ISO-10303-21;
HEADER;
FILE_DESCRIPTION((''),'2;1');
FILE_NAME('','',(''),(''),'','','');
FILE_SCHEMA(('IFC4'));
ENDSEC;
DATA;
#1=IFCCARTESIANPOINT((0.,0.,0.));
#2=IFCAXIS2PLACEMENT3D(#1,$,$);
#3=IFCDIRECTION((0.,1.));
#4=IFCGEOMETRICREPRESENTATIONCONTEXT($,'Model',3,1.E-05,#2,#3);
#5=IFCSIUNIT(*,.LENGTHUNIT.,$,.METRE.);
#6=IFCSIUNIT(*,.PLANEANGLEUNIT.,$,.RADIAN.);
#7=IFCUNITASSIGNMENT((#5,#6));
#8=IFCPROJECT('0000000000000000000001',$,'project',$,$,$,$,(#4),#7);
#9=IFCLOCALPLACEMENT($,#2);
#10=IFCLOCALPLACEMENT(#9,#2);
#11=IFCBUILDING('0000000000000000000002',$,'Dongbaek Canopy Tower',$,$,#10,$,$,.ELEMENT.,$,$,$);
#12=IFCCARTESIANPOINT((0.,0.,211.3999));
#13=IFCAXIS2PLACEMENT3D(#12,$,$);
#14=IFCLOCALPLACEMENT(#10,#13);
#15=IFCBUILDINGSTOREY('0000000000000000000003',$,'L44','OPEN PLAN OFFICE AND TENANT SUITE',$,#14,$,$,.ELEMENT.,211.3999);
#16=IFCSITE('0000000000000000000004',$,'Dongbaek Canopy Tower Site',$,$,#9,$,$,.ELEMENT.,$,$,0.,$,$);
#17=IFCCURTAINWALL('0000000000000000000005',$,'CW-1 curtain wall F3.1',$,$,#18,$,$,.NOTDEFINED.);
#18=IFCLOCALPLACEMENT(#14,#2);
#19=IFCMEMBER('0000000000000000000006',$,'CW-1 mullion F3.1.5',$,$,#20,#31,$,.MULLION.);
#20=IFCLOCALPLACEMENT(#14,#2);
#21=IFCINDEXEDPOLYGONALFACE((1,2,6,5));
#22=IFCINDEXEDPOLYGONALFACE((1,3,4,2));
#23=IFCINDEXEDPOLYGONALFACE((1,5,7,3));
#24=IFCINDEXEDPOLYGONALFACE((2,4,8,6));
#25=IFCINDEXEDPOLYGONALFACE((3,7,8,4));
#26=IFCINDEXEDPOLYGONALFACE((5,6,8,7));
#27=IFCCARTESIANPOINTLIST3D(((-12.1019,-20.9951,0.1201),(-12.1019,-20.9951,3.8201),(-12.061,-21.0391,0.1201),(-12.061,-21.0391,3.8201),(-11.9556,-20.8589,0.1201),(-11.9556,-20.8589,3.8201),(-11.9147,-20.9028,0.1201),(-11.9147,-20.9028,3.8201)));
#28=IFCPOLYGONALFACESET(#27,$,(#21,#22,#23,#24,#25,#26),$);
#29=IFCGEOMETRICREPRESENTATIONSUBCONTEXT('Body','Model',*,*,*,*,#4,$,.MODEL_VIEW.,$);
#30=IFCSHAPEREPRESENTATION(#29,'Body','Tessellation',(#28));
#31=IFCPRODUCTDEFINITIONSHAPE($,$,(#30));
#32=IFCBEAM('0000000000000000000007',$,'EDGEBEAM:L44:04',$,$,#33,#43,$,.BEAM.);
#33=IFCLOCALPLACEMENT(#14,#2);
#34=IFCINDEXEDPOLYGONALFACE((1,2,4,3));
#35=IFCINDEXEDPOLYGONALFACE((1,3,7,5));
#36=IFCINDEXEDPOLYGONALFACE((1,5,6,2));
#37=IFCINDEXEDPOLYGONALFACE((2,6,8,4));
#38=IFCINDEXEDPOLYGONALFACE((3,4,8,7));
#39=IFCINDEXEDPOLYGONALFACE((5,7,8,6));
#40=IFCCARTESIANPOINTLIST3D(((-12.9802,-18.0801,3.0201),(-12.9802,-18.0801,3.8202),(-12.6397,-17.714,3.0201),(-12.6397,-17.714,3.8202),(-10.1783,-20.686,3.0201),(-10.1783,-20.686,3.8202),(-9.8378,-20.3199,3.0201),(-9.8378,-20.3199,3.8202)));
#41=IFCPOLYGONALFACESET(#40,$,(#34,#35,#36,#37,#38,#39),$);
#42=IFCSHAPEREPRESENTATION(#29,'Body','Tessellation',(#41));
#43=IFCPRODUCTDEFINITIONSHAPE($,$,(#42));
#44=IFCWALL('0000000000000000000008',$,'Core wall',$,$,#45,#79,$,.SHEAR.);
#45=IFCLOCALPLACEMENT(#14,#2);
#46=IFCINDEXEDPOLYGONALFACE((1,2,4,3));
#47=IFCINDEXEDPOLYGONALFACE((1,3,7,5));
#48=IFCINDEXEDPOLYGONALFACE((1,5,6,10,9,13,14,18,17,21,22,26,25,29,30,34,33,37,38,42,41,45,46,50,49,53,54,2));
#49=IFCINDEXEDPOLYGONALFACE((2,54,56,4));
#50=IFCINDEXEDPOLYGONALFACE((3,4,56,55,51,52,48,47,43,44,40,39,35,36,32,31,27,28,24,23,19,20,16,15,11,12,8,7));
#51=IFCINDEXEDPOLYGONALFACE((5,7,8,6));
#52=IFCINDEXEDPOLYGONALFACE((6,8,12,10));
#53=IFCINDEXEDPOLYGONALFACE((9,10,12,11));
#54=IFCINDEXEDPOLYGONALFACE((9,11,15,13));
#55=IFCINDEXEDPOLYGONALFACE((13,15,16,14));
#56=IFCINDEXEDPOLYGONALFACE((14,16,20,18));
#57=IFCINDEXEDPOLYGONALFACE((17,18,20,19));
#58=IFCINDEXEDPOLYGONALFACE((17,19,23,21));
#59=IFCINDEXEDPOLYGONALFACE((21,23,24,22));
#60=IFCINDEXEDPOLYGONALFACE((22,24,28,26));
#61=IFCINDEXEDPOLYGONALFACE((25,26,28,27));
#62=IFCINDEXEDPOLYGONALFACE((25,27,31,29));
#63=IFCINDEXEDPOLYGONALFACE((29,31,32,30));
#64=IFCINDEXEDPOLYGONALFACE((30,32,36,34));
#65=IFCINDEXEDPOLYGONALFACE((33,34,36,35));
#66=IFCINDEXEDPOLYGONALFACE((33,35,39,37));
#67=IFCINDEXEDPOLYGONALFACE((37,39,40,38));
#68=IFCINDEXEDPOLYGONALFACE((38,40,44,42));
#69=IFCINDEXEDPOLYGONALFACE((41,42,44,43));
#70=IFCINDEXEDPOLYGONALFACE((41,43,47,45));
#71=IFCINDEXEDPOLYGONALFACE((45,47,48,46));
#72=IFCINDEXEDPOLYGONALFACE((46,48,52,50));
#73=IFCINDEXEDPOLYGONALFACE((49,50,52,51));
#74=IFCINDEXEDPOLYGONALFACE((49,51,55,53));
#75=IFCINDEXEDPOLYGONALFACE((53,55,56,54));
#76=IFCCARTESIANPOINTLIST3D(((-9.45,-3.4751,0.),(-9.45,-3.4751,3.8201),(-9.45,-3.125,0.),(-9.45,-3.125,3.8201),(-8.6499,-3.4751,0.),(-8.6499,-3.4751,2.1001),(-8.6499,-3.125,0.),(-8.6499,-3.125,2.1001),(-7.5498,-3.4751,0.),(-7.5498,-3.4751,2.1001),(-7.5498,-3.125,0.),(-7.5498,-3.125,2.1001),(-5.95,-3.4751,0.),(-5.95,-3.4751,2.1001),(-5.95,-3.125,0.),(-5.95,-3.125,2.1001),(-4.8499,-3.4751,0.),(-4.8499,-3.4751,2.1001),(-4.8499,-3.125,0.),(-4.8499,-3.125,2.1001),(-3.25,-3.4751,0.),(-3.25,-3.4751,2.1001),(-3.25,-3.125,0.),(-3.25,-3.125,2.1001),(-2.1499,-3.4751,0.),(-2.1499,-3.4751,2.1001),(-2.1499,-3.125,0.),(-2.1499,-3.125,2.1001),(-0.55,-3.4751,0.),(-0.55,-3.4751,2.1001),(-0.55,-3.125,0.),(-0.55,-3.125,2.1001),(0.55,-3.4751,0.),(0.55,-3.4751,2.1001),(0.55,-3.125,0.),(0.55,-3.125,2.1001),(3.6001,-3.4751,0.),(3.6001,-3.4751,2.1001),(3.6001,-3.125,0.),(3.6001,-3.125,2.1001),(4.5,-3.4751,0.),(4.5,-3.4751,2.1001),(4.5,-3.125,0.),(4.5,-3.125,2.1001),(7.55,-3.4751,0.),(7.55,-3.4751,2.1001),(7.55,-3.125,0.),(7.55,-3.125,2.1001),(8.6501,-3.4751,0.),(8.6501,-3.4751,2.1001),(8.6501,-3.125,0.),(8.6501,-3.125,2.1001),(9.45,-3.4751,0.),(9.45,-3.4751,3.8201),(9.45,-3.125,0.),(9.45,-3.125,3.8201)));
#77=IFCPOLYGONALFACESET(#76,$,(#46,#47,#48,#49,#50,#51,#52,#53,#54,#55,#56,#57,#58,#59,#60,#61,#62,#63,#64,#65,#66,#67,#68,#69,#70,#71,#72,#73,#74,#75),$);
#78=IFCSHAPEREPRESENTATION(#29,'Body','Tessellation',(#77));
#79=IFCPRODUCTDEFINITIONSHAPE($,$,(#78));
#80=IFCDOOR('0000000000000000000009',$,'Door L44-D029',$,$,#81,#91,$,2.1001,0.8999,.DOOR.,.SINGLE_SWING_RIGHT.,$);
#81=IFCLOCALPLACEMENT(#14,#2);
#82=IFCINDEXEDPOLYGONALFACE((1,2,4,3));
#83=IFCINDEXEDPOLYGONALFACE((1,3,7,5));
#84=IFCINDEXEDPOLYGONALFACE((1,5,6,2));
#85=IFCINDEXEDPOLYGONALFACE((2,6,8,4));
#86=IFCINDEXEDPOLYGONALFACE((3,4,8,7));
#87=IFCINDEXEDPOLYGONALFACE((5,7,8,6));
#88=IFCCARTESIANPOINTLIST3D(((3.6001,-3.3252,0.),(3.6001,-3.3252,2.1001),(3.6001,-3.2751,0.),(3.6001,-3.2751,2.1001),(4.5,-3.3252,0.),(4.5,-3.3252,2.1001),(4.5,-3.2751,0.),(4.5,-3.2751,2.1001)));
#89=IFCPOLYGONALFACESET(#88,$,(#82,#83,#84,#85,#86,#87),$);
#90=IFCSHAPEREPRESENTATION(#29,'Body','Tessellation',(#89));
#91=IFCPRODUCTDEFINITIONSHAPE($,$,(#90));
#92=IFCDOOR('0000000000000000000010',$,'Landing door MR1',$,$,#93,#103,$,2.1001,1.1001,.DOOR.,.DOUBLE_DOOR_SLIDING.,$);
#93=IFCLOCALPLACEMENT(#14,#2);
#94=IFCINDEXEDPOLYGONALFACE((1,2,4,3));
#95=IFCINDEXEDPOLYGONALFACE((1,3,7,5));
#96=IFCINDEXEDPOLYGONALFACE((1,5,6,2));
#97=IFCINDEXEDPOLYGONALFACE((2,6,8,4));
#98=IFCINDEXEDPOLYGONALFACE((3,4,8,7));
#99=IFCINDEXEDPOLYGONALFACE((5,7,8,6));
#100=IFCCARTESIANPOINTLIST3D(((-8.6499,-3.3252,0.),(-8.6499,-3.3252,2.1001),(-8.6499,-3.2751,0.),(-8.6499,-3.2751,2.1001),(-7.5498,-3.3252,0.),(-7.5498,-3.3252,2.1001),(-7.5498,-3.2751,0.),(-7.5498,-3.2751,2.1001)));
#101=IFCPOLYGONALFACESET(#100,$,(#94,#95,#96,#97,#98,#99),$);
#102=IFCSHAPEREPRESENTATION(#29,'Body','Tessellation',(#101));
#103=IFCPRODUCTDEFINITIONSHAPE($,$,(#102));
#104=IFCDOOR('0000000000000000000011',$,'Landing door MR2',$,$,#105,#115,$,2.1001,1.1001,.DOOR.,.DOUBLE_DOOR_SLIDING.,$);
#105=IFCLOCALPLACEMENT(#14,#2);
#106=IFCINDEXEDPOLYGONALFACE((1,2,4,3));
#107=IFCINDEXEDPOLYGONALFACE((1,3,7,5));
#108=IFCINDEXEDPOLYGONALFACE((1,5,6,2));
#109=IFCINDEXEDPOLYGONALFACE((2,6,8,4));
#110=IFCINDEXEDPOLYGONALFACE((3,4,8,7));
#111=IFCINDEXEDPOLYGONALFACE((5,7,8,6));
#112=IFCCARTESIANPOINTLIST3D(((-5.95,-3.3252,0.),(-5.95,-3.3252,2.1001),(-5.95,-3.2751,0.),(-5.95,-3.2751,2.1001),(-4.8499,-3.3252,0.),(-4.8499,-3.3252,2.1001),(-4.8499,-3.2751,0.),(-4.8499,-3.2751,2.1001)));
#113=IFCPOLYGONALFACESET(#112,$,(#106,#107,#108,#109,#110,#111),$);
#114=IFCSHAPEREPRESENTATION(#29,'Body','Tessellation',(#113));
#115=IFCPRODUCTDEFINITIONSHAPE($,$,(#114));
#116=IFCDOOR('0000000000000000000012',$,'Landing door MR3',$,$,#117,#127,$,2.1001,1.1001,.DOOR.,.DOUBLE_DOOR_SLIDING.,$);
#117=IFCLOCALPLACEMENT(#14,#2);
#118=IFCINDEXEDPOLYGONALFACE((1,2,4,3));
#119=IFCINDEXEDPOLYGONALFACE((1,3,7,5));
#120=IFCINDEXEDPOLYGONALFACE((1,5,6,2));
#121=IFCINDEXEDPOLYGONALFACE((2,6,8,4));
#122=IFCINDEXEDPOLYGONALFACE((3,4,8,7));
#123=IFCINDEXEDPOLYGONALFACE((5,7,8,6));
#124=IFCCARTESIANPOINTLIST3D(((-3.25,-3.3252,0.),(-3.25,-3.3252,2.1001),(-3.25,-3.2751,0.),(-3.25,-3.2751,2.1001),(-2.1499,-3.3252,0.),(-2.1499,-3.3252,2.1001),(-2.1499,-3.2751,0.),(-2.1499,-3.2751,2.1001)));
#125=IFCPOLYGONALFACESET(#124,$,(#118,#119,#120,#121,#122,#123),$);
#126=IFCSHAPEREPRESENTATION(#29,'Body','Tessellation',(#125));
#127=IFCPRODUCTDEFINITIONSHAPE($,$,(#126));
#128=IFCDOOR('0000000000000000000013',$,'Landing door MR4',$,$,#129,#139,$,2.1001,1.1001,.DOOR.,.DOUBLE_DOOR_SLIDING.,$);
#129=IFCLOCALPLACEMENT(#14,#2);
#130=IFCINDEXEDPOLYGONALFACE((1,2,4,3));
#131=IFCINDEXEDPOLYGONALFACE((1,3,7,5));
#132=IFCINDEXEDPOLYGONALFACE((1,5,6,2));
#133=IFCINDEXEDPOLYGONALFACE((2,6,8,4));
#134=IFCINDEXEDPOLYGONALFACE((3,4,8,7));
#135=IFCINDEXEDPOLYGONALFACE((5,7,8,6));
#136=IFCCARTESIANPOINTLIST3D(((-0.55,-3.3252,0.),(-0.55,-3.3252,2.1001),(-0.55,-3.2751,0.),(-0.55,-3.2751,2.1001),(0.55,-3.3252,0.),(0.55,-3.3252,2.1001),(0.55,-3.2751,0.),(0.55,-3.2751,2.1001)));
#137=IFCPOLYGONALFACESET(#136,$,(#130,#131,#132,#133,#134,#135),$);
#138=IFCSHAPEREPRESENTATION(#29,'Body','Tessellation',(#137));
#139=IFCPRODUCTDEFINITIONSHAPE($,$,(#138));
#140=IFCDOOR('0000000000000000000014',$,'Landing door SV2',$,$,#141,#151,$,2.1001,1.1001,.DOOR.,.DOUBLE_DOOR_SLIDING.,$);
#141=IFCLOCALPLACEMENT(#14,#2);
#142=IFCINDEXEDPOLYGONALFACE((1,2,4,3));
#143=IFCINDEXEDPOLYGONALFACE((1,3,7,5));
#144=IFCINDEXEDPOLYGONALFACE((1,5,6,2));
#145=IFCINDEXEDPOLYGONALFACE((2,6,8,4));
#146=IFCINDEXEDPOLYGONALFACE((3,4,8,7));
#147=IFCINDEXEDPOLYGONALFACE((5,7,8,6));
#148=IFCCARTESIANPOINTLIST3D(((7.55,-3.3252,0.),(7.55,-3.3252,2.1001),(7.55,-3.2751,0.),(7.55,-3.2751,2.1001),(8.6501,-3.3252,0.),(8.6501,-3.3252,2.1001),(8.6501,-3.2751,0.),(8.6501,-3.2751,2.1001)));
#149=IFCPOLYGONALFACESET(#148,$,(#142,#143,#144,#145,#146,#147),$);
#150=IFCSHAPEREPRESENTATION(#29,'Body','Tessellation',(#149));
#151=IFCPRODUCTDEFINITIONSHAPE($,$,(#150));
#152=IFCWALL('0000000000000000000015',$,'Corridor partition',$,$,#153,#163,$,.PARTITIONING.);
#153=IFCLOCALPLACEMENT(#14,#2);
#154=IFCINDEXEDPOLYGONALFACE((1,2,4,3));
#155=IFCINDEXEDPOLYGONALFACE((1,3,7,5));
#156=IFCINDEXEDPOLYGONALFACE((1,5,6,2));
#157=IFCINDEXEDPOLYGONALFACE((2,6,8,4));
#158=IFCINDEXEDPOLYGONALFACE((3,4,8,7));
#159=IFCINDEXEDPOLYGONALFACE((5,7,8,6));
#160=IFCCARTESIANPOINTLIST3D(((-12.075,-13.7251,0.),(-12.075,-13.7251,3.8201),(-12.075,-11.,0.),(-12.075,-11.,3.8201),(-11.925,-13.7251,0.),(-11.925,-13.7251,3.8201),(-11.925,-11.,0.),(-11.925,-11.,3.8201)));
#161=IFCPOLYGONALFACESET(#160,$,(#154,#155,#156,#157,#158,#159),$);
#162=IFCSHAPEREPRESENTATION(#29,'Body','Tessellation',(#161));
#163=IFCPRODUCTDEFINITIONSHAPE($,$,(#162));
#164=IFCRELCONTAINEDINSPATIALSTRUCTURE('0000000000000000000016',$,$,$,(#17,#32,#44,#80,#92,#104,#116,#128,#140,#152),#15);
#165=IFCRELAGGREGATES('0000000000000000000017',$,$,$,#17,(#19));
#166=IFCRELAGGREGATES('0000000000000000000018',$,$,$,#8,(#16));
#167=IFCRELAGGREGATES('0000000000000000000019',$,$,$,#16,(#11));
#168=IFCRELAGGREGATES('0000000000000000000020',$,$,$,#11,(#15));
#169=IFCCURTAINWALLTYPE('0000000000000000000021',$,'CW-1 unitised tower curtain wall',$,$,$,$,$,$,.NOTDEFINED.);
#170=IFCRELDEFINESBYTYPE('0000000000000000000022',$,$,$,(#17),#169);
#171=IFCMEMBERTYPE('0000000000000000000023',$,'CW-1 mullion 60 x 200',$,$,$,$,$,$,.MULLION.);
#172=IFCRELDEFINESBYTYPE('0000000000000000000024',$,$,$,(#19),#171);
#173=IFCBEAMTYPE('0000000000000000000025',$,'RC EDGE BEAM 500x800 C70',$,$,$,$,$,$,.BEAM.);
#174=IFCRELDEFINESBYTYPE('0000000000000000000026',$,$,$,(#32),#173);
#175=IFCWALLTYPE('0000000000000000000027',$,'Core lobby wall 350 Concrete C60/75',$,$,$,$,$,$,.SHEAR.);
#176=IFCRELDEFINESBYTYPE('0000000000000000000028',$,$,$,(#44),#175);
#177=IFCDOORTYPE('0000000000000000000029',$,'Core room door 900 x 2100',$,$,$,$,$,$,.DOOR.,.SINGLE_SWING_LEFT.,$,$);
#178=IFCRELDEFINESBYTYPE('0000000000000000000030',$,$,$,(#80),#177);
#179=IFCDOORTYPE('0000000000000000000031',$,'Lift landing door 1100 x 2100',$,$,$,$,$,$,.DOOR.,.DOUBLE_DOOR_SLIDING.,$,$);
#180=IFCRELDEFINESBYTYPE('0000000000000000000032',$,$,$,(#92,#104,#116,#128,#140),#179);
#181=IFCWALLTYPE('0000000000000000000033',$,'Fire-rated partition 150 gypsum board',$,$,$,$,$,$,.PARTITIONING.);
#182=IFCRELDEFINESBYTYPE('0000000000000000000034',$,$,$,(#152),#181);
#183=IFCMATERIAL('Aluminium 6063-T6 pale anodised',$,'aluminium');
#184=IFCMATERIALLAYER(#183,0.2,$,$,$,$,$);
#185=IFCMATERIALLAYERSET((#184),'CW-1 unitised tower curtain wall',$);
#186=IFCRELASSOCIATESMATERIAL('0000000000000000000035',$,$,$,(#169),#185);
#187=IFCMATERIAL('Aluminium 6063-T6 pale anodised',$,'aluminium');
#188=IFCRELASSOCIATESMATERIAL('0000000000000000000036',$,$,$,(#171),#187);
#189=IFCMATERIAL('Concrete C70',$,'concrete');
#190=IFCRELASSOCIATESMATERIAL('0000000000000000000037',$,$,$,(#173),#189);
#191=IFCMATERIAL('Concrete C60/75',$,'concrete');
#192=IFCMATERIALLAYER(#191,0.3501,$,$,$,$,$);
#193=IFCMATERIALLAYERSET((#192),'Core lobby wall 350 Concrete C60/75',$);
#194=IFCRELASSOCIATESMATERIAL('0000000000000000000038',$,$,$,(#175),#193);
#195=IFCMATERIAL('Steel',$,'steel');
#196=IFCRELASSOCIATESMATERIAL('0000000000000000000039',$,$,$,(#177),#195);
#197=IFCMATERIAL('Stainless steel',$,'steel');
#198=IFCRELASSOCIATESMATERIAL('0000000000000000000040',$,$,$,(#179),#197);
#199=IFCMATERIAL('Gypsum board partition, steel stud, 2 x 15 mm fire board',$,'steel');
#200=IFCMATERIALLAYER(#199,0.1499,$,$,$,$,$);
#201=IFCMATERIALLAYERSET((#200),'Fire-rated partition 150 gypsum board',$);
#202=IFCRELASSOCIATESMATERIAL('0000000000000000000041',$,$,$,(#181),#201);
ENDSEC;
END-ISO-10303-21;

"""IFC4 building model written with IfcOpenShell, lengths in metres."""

from ifc_helpers import new_model, si_unit, direction, frame, frame_2d, origin, origin_2d, place, context, subcontext, project, spatial, rectangle, extrude, material, layer, layer_set, material_profile, profile_set, type_object, element, fill, aggregate, save


model = new_model("IFC4")

# Units and contexts
model_context = context("Model", 3, precision=1e-05, world=origin(), true_north=direction((0.0, 1.0)))
body_context = subcontext(model_context, "Body", "Model", "MODEL_VIEW")
ifc_project = project(units=[si_unit("LENGTHUNIT", "METRE"), si_unit("PLANEANGLEUNIT", "RADIAN")], contexts=[model_context])

# Site, building, storey
site_placement = place(None, origin())
site = spatial("IfcSite", under=ifc_project, at=site_placement, Name="Dongbaek Canopy Tower Site", CompositionType="ELEMENT", RefElevation=0.0)
building_placement = place(site_placement, origin())
building = spatial("IfcBuilding", under=site, at=building_placement, Name="Dongbaek Canopy Tower", CompositionType="ELEMENT")
storey_placement = place(building_placement, frame((0.0, 0.0, 211.3999)))
storey = spatial("IfcBuildingStorey", under=building, at=storey_placement, Name="L44", Description="OPEN PLAN OFFICE AND TENANT SUITE", CompositionType="ELEMENT", Elevation=211.3999)

# Curtain wall, member
ifc_material_1 = material(Name="Aluminium 6063-T6 pale anodised", Category="aluminium")
ifc_layer_1 = layer(ifc_material_1, 0.2)
ifc_layer_set_1 = layer_set([ifc_layer_1], Name="CW-1 unitised tower curtain wall")
curtain_wall_type = type_object("IfcCurtainWallType", Name="CW-1 unitised tower curtain wall", PredefinedType="NOTDEFINED", material=ifc_layer_set_1)
curtain_wall_placement = place(storey_placement, origin())
curtain_wall = element("IfcCurtainWall", 1, at=curtain_wall_placement, inside=storey, type_object=curtain_wall_type, Name="CW-1 curtain wall F3.1", PredefinedType="NOTDEFINED")
ifc_material_2 = material(Name="Aluminium 6063-T6 pale anodised", Category="aluminium")
ifc_material_profile_1 = material_profile(ifc_material_2, rectangle(XDim=0.2, YDim=0.0601, at=origin_2d()), Name="CW-1 mullion 60 x 200")
ifc_profile_set_1 = profile_set([ifc_material_profile_1], Name="Aluminium 6063-T6 pale anodised")
member_type = type_object("IfcMemberType", Name="CW-1 mullion 60 x 200", PredefinedType="MULLION", material=ifc_profile_set_1)
member_placement = place(storey_placement, frame((-12.0083, -20.949, 0.1201), z_axis=(0.0, 0.0, 1.0), x_axis=(-0.731914, -0.681397, 0.0)))
member = element("IfcMember", 2, at=member_placement, type_object=member_type, Name="CW-1 mullion F3.1.5", PredefinedType="MULLION", context=body_context, shape_type="SweptSolid", body=[
    extrude(rectangle(XDim=0.2, YDim=0.0601, at=origin_2d()), origin(), (0.0, 0.0, 1.0), 3.7),
])
aggregate(curtain_wall, [member])

# Beam
ifc_material_3 = material(Name="Concrete C70", Category="concrete")
ifc_material_profile_2 = material_profile(ifc_material_3, rectangle(XDim=0.5, YDim=0.8, at=origin_2d()), Name="RC EDGE BEAM 500x800 C70")
ifc_profile_set_2 = profile_set([ifc_material_profile_2], Name="Concrete C70")
beam_type = type_object("IfcBeamType", Name="RC EDGE BEAM 500x800 C70", PredefinedType="BEAM", material=ifc_profile_set_2)
beam_placement = place(storey_placement, frame((-10.0081, -20.5029, 3.4202), z_axis=(-0.732259, 0.681026, 0.0), x_axis=(-0.681026, -0.732259, 0.0)))
element("IfcBeam", 3, at=beam_placement, inside=storey, type_object=beam_type, Name="EDGEBEAM:L44:04", PredefinedType="BEAM", context=body_context, shape_type="SweptSolid", body=[
    extrude(rectangle(XDim=0.5, YDim=0.8, at=origin_2d()), origin(), (0.0, 0.0, 1.0), 3.8264),
])

# Wall, openings, doors
ifc_material_4 = material(Name="Concrete C60/75", Category="concrete")
ifc_layer_2 = layer(ifc_material_4, 0.3501)
ifc_layer_set_2 = layer_set([ifc_layer_2], Name="Core lobby wall 350 Concrete C60/75")
wall_type_1 = type_object("IfcWallType", Name="Core lobby wall 350 Concrete C60/75", PredefinedType="SHEAR", material=ifc_layer_set_2)
wall_1_placement = place(storey_placement, frame((-9.45, -3.3, 0.0), z_axis=(0.0, 0.0, 1.0), x_axis=(1.0, 0.0, 0.0)))
wall_1 = element("IfcWall", 4, at=wall_1_placement, inside=storey, type_object=wall_type_1, Name="Core wall", PredefinedType="SHEAR", context=body_context, shape_type="SweptSolid", body=[
    extrude(rectangle(XDim=18.8999, YDim=0.3501, at=frame_2d((9.45, 0.0))), origin(), (0.0, 0.0, 1.0), 3.8201),
])
opening_1_placement = place(wall_1_placement, frame((0.8, 0.0, 0.0)))
opening_1 = element("IfcOpeningElement", 5, at=opening_1_placement, cuts=wall_1, PredefinedType="OPENING", context=body_context, shape_type="SweptSolid", body=[
    extrude(rectangle(XDim=1.1001, YDim=2.1001, at=frame_2d((0.55, 1.05))), frame((0.0, 0.1851, 0.0), z_axis=(0.0, -1.0, 0.0), x_axis=(1.0, 0.0, 0.0)), (0.0, 0.0, 1.0), 0.3701),
])
opening_2_placement = place(wall_1_placement, frame((3.5, 0.0, 0.0)))
opening_2 = element("IfcOpeningElement", 6, at=opening_2_placement, cuts=wall_1, PredefinedType="OPENING", context=body_context, shape_type="SweptSolid", body=[
    extrude(rectangle(XDim=1.1001, YDim=2.1001, at=frame_2d((0.55, 1.05))), frame((0.0, 0.1851, 0.0), z_axis=(0.0, -1.0, 0.0), x_axis=(1.0, 0.0, 0.0)), (0.0, 0.0, 1.0), 0.3701),
])
opening_3_placement = place(wall_1_placement, frame((6.2, 0.0, 0.0)))
opening_3 = element("IfcOpeningElement", 7, at=opening_3_placement, cuts=wall_1, PredefinedType="OPENING", context=body_context, shape_type="SweptSolid", body=[
    extrude(rectangle(XDim=1.1001, YDim=2.1001, at=frame_2d((0.55, 1.05))), frame((0.0, 0.1851, 0.0), z_axis=(0.0, -1.0, 0.0), x_axis=(1.0, 0.0, 0.0)), (0.0, 0.0, 1.0), 0.3701),
])
opening_4_placement = place(wall_1_placement, frame((8.8999, 0.0, 0.0)))
opening_4 = element("IfcOpeningElement", 8, at=opening_4_placement, cuts=wall_1, PredefinedType="OPENING", context=body_context, shape_type="SweptSolid", body=[
    extrude(rectangle(XDim=1.1001, YDim=2.1001, at=frame_2d((0.55, 1.05))), frame((0.0, 0.1851, 0.0), z_axis=(0.0, -1.0, 0.0), x_axis=(1.0, 0.0, 0.0)), (0.0, 0.0, 1.0), 0.3701),
])
opening_5_placement = place(wall_1_placement, frame((17.0, 0.0, 0.0)))
opening_5 = element("IfcOpeningElement", 9, at=opening_5_placement, cuts=wall_1, PredefinedType="OPENING", context=body_context, shape_type="SweptSolid", body=[
    extrude(rectangle(XDim=1.1001, YDim=2.1001, at=frame_2d((0.55, 1.05))), frame((0.0, 0.1851, 0.0), z_axis=(0.0, -1.0, 0.0), x_axis=(1.0, 0.0, 0.0)), (0.0, 0.0, 1.0), 0.3701),
])
opening_6_placement = place(wall_1_placement, frame((13.05, 0.0, 0.0)))
opening_6 = element("IfcOpeningElement", 10, at=opening_6_placement, cuts=wall_1, PredefinedType="OPENING", context=body_context, shape_type="SweptSolid", body=[
    extrude(rectangle(XDim=0.8999, YDim=2.1001, at=frame_2d((0.45, 1.05))), frame((0.0, 0.1851, 0.0), z_axis=(0.0, -1.0, 0.0), x_axis=(1.0, 0.0, 0.0)), (0.0, 0.0, 1.0), 0.3701),
])
ifc_material_5 = material(Name="Steel", Category="steel")
door_type_1 = type_object("IfcDoorType", Name="Core room door 900 x 2100", OperationType="SINGLE_SWING_LEFT", PredefinedType="DOOR", material=ifc_material_5)
door_1_placement = place(opening_6_placement, origin())
door_1 = element("IfcDoor", 11, at=door_1_placement, inside=storey, type_object=door_type_1, Name="Door L44-D029", OperationType="SINGLE_SWING_RIGHT", OverallHeight=2.1001, OverallWidth=0.8999, PredefinedType="DOOR", context=body_context, shape_type="SweptSolid", body=[
    extrude(rectangle(XDim=0.8999, YDim=2.1001, at=frame_2d((0.45, 1.05))), frame((0.0, 0.0249, 0.0), z_axis=(0.0, -1.0, 0.0), x_axis=(1.0, 0.0, 0.0)), (0.0, 0.0, 1.0), 0.05),
])
fill(opening_6, door_1)
ifc_material_6 = material(Name="Stainless steel", Category="steel")
door_type_2 = type_object("IfcDoorType", Name="Lift landing door 1100 x 2100", OperationType="DOUBLE_DOOR_SLIDING", PredefinedType="DOOR", material=ifc_material_6)
door_2_placement = place(opening_1_placement, origin())
door_2 = element("IfcDoor", 12, at=door_2_placement, inside=storey, type_object=door_type_2, Name="Landing door MR1", OperationType="DOUBLE_DOOR_SLIDING", OverallHeight=2.1001, OverallWidth=1.1001, PredefinedType="DOOR", context=body_context, shape_type="SweptSolid", body=[
    extrude(rectangle(XDim=1.1001, YDim=2.1001, at=frame_2d((0.55, 1.05))), frame((0.0, 0.0249, 0.0), z_axis=(0.0, -1.0, 0.0), x_axis=(1.0, 0.0, 0.0)), (0.0, 0.0, 1.0), 0.05),
])
fill(opening_1, door_2)
door_3_placement = place(opening_2_placement, origin())
door_3 = element("IfcDoor", 13, at=door_3_placement, inside=storey, type_object=door_type_2, Name="Landing door MR2", OperationType="DOUBLE_DOOR_SLIDING", OverallHeight=2.1001, OverallWidth=1.1001, PredefinedType="DOOR", context=body_context, shape_type="SweptSolid", body=[
    extrude(rectangle(XDim=1.1001, YDim=2.1001, at=frame_2d((0.55, 1.05))), frame((0.0, 0.0249, 0.0), z_axis=(0.0, -1.0, 0.0), x_axis=(1.0, 0.0, 0.0)), (0.0, 0.0, 1.0), 0.05),
])
fill(opening_2, door_3)
door_4_placement = place(opening_3_placement, origin())
door_4 = element("IfcDoor", 14, at=door_4_placement, inside=storey, type_object=door_type_2, Name="Landing door MR3", OperationType="DOUBLE_DOOR_SLIDING", OverallHeight=2.1001, OverallWidth=1.1001, PredefinedType="DOOR", context=body_context, shape_type="SweptSolid", body=[
    extrude(rectangle(XDim=1.1001, YDim=2.1001, at=frame_2d((0.55, 1.05))), frame((0.0, 0.0249, 0.0), z_axis=(0.0, -1.0, 0.0), x_axis=(1.0, 0.0, 0.0)), (0.0, 0.0, 1.0), 0.05),
])
fill(opening_3, door_4)
door_5_placement = place(opening_4_placement, origin())
door_5 = element("IfcDoor", 15, at=door_5_placement, inside=storey, type_object=door_type_2, Name="Landing door MR4", OperationType="DOUBLE_DOOR_SLIDING", OverallHeight=2.1001, OverallWidth=1.1001, PredefinedType="DOOR", context=body_context, shape_type="SweptSolid", body=[
    extrude(rectangle(XDim=1.1001, YDim=2.1001, at=frame_2d((0.55, 1.05))), frame((0.0, 0.0249, 0.0), z_axis=(0.0, -1.0, 0.0), x_axis=(1.0, 0.0, 0.0)), (0.0, 0.0, 1.0), 0.05),
])
fill(opening_4, door_5)
door_6_placement = place(opening_5_placement, origin())
door_6 = element("IfcDoor", 16, at=door_6_placement, inside=storey, type_object=door_type_2, Name="Landing door SV2", OperationType="DOUBLE_DOOR_SLIDING", OverallHeight=2.1001, OverallWidth=1.1001, PredefinedType="DOOR", context=body_context, shape_type="SweptSolid", body=[
    extrude(rectangle(XDim=1.1001, YDim=2.1001, at=frame_2d((0.55, 1.05))), frame((0.0, 0.0249, 0.0), z_axis=(0.0, -1.0, 0.0), x_axis=(1.0, 0.0, 0.0)), (0.0, 0.0, 1.0), 0.05),
])
fill(opening_5, door_6)

# Wall
ifc_material_7 = material(Name="Gypsum board partition, steel stud, 2 x 15 mm fire board", Category="steel")
ifc_layer_3 = layer(ifc_material_7, 0.1499)
ifc_layer_set_3 = layer_set([ifc_layer_3], Name="Fire-rated partition 150 gypsum board")
wall_type_2 = type_object("IfcWallType", Name="Fire-rated partition 150 gypsum board", PredefinedType="PARTITIONING", material=ifc_layer_set_3)
wall_2_placement = place(storey_placement, frame((-12.0, -13.7251, 0.0), z_axis=(0.0, 0.0, 1.0), x_axis=(0.0, 1.0, 0.0)))
element("IfcWall", 17, at=wall_2_placement, inside=storey, type_object=wall_type_2, Name="Corridor partition", PredefinedType="PARTITIONING", context=body_context, shape_type="SweptSolid", body=[
    extrude(rectangle(XDim=2.7251, YDim=0.1499, at=frame_2d((1.3625, 0.0))), origin(), (0.0, 0.0, 1.0), 3.8201),
])

save(model, "model.ifc")
